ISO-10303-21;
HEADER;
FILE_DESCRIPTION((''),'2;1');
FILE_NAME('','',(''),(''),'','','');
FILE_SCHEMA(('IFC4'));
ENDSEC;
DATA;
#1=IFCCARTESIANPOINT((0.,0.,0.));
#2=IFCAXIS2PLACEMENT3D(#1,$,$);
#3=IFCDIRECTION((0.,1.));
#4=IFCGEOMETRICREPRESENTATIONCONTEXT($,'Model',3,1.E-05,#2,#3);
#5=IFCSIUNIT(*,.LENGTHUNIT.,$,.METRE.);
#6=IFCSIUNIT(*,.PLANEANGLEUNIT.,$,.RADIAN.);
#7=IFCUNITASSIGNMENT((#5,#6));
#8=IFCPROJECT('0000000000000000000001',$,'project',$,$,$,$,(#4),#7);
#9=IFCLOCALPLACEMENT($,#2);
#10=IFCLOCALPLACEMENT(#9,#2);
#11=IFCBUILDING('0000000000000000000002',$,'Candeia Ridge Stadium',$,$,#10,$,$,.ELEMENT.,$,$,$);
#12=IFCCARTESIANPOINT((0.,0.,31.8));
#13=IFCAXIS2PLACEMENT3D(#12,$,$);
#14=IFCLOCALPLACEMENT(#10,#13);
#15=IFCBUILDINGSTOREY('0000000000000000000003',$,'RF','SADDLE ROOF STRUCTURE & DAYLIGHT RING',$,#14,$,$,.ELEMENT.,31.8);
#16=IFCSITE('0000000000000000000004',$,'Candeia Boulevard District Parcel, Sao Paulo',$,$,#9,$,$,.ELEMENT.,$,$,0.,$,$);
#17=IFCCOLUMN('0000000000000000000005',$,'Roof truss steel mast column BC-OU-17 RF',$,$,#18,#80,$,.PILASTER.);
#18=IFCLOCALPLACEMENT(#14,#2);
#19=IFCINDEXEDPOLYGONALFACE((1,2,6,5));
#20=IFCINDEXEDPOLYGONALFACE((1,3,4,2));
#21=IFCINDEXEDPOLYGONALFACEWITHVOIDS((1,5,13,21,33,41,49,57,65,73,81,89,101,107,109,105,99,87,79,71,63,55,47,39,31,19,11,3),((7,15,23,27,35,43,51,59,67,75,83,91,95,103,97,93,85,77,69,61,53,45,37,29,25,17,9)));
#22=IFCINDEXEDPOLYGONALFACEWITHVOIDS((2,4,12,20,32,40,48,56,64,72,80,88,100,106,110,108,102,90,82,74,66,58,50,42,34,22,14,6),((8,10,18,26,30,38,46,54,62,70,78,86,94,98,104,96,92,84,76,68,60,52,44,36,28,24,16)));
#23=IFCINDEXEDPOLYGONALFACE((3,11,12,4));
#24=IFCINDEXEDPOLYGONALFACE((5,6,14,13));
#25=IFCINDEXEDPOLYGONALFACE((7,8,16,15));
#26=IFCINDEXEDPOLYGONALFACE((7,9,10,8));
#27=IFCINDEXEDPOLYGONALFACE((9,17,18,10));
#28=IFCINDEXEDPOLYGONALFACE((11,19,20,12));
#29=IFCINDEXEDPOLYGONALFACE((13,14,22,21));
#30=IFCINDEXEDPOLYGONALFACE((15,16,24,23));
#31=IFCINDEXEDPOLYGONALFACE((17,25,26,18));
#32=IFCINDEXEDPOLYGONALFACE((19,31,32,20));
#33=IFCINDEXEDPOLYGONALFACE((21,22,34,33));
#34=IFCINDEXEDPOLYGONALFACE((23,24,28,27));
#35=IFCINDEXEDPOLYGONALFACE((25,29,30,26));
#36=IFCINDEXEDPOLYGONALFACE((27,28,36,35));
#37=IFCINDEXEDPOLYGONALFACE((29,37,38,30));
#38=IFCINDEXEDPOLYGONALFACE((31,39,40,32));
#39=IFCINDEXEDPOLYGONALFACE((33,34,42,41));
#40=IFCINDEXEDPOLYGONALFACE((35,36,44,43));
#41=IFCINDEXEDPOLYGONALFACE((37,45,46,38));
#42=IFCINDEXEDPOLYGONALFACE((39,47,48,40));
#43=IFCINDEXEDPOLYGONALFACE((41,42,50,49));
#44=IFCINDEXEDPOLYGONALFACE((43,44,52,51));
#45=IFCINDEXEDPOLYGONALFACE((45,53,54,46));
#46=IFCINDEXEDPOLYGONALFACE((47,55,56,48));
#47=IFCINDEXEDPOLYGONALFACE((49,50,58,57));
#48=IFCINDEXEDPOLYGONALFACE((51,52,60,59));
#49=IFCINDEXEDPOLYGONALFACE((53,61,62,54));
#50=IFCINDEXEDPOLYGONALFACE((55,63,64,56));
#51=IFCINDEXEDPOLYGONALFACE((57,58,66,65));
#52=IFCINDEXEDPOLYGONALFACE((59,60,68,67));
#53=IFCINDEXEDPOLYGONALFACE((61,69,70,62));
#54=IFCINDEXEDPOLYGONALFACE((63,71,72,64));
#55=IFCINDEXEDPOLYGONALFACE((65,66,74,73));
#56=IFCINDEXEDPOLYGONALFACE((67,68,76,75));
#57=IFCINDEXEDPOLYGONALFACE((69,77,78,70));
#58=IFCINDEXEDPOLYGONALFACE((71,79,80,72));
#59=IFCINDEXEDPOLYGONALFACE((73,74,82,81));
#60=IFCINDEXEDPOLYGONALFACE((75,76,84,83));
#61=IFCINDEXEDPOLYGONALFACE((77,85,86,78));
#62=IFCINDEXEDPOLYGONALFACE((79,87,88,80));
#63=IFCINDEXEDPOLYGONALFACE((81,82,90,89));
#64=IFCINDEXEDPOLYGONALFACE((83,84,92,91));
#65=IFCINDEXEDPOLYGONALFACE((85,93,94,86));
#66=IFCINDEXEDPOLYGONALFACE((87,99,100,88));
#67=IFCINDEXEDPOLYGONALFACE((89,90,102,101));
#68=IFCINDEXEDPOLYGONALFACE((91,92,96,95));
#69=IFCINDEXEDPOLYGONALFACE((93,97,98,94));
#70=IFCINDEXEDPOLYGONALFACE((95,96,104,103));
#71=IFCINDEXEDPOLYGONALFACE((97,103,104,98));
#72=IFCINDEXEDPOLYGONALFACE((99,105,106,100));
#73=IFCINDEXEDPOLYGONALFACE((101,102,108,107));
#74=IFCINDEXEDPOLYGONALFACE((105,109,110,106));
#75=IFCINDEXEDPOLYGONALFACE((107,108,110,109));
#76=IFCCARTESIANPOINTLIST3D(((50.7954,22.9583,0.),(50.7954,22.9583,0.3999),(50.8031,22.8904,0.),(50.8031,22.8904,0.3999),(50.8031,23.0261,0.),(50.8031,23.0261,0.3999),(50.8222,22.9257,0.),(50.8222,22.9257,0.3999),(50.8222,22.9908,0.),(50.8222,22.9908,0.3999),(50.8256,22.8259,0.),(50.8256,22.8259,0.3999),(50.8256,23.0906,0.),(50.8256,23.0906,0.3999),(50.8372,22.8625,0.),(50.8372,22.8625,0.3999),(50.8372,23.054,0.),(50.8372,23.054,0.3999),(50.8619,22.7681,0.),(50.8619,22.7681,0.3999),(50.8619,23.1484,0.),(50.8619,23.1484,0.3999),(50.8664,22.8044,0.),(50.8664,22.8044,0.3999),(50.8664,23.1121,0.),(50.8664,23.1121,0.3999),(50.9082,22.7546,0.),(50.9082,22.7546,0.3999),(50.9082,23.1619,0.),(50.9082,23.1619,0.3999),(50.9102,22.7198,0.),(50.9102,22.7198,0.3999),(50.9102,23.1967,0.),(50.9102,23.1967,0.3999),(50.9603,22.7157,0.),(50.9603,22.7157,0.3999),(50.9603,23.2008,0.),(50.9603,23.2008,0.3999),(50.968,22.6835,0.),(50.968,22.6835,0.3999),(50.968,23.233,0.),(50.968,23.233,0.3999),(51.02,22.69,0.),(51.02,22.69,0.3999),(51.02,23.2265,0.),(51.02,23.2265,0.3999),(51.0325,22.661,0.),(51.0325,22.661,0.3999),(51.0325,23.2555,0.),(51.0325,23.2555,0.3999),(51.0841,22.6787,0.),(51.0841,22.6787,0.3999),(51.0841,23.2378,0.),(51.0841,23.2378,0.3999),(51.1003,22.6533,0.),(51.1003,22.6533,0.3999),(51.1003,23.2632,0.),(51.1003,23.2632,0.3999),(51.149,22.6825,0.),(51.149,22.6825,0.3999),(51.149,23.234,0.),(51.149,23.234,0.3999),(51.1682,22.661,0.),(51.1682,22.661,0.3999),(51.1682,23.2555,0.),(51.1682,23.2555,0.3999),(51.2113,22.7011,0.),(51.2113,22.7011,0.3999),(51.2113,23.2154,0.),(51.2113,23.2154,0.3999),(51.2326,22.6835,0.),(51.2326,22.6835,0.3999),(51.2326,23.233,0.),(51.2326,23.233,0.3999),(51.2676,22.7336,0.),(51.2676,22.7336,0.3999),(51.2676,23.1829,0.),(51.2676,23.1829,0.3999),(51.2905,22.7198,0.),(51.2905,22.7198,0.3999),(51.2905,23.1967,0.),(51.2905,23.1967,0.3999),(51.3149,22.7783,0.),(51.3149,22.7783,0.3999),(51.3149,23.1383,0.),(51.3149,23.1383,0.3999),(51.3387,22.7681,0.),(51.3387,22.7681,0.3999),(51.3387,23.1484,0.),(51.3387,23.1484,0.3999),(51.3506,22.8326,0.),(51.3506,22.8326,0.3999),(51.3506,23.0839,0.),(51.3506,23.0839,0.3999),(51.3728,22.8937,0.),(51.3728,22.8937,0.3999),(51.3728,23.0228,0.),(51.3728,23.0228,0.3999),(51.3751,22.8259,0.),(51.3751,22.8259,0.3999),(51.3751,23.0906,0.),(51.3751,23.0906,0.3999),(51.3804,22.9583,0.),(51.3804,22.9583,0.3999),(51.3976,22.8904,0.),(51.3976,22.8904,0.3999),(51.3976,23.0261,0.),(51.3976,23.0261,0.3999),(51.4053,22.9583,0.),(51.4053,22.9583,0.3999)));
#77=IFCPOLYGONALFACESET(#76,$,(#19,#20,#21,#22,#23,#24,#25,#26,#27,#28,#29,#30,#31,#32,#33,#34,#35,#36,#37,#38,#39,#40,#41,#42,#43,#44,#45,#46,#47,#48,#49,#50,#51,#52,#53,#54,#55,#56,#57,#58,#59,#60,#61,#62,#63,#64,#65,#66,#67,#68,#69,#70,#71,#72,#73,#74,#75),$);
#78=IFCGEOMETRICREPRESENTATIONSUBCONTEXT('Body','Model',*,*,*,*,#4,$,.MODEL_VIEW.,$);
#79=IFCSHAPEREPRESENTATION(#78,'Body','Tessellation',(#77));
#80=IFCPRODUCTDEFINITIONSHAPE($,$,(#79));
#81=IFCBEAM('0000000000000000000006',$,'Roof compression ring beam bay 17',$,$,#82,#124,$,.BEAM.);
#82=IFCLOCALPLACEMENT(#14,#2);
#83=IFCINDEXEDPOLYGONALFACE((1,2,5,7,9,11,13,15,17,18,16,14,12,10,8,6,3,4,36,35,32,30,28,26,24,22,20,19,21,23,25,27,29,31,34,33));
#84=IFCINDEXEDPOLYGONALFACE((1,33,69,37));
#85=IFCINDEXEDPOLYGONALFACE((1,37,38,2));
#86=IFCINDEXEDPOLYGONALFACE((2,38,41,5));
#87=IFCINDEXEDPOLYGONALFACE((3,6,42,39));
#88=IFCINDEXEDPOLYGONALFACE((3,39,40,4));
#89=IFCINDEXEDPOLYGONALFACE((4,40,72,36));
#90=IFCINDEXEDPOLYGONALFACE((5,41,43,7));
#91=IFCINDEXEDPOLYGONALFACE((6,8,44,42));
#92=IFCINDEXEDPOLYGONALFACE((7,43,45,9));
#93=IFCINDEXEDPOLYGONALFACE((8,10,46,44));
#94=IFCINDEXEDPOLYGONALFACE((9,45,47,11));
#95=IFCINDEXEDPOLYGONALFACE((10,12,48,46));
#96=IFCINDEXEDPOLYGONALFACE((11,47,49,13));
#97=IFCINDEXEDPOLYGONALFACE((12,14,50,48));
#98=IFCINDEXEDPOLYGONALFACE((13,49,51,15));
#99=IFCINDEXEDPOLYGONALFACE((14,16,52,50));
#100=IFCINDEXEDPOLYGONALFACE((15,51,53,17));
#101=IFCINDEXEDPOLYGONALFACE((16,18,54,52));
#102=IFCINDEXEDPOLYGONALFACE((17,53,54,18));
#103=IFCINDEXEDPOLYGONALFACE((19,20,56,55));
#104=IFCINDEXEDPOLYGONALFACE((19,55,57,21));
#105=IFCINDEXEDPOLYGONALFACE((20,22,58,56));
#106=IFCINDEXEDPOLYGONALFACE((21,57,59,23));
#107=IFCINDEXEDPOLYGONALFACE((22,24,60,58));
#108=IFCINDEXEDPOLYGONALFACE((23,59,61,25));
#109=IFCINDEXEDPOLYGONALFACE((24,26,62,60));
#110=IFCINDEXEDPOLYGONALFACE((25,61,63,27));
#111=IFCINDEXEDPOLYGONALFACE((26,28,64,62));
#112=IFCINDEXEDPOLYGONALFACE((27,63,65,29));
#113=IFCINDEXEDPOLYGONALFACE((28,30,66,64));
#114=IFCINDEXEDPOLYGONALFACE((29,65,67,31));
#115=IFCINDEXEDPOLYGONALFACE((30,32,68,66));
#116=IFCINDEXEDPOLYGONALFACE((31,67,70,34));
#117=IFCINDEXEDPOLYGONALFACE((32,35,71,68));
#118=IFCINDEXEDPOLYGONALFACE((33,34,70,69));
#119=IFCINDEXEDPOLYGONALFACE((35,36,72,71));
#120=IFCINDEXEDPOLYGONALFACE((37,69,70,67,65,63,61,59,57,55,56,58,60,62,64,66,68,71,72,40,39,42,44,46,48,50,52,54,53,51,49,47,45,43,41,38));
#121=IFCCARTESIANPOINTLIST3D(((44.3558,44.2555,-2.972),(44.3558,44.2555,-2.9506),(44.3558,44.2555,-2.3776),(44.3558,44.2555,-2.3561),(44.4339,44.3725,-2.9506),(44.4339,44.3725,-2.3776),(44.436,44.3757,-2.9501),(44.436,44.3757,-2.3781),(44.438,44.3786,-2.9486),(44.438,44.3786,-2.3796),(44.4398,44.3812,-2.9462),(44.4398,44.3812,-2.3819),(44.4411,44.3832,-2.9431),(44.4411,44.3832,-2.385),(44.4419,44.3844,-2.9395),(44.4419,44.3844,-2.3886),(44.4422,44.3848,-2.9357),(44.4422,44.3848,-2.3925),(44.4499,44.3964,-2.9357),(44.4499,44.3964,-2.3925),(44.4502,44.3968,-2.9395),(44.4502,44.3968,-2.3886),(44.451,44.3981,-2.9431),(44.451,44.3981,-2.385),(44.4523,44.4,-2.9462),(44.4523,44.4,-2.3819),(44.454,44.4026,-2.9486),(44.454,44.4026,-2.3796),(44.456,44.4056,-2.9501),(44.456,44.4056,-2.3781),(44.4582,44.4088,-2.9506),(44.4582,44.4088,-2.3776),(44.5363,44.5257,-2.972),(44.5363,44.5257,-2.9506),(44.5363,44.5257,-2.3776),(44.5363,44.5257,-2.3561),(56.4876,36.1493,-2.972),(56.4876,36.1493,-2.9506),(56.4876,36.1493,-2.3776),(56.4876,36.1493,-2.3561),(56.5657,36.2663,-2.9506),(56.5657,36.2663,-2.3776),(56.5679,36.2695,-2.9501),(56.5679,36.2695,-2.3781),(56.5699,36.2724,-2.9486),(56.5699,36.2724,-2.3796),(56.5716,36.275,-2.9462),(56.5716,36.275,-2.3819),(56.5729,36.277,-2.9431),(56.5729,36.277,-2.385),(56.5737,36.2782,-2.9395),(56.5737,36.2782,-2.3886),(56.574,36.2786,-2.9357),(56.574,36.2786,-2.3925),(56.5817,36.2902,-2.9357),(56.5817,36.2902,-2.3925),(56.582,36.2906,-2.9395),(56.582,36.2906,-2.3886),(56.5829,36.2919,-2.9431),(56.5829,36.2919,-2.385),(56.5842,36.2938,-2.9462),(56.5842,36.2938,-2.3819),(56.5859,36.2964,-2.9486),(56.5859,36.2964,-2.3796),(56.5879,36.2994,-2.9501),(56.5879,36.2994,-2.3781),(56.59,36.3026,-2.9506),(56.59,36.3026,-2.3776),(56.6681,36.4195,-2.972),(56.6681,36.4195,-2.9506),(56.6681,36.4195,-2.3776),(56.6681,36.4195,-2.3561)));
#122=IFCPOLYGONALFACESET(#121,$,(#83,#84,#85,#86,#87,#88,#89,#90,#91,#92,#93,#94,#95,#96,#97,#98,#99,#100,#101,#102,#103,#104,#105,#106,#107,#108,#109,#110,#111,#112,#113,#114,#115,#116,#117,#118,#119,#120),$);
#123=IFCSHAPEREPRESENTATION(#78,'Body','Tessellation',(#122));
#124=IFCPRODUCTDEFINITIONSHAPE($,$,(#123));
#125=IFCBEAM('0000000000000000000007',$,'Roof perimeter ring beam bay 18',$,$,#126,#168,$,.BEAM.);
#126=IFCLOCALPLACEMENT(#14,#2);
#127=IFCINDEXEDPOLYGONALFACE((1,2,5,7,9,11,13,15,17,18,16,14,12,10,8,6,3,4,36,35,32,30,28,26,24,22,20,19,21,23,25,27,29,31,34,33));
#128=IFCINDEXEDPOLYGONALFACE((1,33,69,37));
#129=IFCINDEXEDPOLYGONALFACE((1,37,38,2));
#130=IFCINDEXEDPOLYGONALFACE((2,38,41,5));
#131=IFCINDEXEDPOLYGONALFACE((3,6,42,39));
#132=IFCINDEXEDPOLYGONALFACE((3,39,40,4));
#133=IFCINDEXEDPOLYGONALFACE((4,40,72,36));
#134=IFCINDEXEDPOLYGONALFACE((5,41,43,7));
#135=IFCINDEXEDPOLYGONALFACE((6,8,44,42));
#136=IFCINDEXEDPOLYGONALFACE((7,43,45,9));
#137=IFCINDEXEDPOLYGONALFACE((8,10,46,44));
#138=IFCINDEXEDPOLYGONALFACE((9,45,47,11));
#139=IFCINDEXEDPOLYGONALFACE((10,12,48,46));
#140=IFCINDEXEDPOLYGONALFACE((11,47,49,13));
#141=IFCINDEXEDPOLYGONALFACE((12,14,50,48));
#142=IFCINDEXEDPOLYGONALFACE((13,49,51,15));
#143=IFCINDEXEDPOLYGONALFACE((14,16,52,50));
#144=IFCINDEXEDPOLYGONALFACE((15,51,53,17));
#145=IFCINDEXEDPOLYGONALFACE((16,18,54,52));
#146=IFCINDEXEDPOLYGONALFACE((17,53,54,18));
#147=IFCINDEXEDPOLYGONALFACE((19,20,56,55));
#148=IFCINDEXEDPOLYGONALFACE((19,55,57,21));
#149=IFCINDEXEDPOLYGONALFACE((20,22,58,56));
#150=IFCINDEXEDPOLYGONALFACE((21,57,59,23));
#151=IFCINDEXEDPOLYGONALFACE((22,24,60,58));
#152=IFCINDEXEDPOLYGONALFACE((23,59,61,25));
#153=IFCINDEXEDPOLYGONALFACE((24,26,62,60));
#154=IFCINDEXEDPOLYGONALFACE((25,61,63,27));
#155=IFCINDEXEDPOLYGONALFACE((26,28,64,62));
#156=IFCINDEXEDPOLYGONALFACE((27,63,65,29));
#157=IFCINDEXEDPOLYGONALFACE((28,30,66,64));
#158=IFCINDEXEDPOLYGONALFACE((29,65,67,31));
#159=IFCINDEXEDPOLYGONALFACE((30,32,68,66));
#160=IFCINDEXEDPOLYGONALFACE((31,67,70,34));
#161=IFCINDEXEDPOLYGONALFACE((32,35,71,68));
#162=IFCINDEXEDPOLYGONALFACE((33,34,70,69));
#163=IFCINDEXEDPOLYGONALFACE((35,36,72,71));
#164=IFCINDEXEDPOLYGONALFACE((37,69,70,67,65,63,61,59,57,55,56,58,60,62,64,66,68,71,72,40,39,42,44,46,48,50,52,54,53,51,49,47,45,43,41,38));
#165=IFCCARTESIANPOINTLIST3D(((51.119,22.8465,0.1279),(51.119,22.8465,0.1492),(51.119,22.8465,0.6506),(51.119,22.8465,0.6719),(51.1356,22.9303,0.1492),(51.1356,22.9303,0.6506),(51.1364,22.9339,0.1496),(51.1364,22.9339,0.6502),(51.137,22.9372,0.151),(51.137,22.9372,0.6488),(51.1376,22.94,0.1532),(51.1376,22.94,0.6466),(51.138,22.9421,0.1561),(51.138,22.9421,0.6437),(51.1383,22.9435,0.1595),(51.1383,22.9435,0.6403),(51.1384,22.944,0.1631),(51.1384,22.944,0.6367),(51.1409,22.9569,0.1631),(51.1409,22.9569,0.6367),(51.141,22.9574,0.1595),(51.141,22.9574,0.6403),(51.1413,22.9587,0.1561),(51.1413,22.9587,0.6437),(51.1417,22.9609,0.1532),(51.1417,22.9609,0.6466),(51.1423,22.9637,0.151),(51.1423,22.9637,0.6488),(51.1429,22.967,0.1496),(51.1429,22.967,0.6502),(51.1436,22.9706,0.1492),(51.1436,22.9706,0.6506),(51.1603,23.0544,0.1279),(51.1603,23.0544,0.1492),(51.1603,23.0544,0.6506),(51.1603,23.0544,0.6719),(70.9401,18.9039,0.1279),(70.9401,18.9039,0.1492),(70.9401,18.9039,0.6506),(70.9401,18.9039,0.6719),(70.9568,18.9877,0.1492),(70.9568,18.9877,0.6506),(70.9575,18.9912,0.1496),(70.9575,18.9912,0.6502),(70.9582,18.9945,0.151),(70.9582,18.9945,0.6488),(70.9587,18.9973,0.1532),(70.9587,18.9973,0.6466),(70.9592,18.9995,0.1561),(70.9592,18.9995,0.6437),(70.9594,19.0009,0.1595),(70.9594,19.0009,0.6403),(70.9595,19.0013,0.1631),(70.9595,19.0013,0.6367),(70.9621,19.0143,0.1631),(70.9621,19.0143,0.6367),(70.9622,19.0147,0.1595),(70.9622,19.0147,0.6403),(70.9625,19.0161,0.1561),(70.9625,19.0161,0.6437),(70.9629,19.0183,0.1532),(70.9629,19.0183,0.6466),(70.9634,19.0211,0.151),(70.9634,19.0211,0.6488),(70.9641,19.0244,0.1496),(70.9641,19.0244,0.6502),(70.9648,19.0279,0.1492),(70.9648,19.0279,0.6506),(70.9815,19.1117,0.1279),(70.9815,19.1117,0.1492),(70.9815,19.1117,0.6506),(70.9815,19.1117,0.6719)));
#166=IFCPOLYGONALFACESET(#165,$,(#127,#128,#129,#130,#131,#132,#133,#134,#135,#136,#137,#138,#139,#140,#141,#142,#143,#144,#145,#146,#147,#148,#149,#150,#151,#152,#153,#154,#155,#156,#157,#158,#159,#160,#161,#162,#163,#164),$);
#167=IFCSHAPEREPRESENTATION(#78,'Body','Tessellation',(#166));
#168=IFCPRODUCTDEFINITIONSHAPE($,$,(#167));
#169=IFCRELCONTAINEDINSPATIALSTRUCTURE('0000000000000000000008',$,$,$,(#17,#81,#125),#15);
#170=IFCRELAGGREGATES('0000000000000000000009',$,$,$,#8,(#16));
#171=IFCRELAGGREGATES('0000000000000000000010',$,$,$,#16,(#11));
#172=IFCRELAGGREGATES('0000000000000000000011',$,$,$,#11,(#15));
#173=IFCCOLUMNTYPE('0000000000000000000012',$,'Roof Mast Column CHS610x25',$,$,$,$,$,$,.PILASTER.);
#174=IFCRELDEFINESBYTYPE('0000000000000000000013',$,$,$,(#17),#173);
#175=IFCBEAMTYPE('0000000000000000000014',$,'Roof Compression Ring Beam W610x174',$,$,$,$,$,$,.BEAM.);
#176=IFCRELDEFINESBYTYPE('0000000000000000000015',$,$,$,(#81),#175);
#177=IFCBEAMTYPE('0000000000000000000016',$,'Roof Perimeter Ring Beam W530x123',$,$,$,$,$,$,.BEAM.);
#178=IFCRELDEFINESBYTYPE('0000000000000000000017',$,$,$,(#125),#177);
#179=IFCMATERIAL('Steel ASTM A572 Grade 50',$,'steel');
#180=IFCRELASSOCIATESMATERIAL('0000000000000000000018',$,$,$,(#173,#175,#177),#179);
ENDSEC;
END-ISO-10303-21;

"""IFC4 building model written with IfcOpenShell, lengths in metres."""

from ifc_helpers import new_model, si_unit, direction, frame, origin, origin_2d, place, context, subcontext, project, spatial, hollow_circle, i_section, extrude, material, material_profile, profile_set, type_object, element, save


model = new_model("IFC4")

# Units and contexts
model_context = context("Model", 3, precision=1e-05, world=origin(), true_north=direction((0.0, 1.0)))
body_context = subcontext(model_context, "Body", "Model", "MODEL_VIEW")
ifc_project = project(units=[si_unit("LENGTHUNIT", "METRE"), si_unit("PLANEANGLEUNIT", "RADIAN")], contexts=[model_context])

# Site, building, storey
site_placement = place(None, origin())
site = spatial("IfcSite", under=ifc_project, at=site_placement, Name="Candeia Boulevard District Parcel, Sao Paulo", CompositionType="ELEMENT", RefElevation=0.0)
building_placement = place(site_placement, origin())
building = spatial("IfcBuilding", under=site, at=building_placement, Name="Candeia Ridge Stadium", CompositionType="ELEMENT")
storey_placement = place(building_placement, frame((0.0, 0.0, 31.8)))
storey = spatial("IfcBuildingStorey", under=building, at=storey_placement, Name="RF", Description="SADDLE ROOF STRUCTURE & DAYLIGHT RING", CompositionType="ELEMENT", Elevation=31.8)

# Column
ifc_material_1 = material(Name="Steel ASTM A572 Grade 50", Category="steel")
ifc_material_profile_1 = material_profile(ifc_material_1, hollow_circle(Radius=0.3049, WallThickness=0.0249, at=origin_2d()), Name="CHS610x25", Category="steel")
ifc_profile_set_1 = profile_set([ifc_material_profile_1], Name="Steel ASTM A572 Grade 50")
column_type = type_object("IfcColumnType", Name="Roof Mast Column CHS610x25", PredefinedType="PILASTER", material=ifc_profile_set_1)
column_placement = place(storey_placement, frame((51.1003, 22.9583, 0.0), z_axis=(0.0, 0.0, 1.0), x_axis=(1.0, 0.0, 0.0)))
element("IfcColumn", 1, at=column_placement, inside=storey, type_object=column_type, Name="Roof truss steel mast column BC-OU-17 RF", PredefinedType="PILASTER", context=body_context, shape_type="SweptSolid", body=[
    extrude(hollow_circle(Radius=0.3049, WallThickness=0.0249, at=origin_2d()), origin(), (0.0, 0.0, 1.0), 0.3999),
])

# Beams
ifc_material_profile_2 = material_profile(ifc_material_1, i_section(OverallWidth=0.325, OverallDepth=0.616, WebThickness=0.0139, FlangeThickness=0.0215, FilletRadius=0.0149, at=origin_2d()), Name="W610x174", Category="steel")
ifc_profile_set_2 = profile_set([ifc_material_profile_2], Name="Steel ASTM A572 Grade 50")
beam_type_1 = type_object("IfcBeamType", Name="Roof Compression Ring Beam W610x174", PredefinedType="BEAM", material=ifc_profile_set_2)
beam_1_placement = place(storey_placement, frame((44.446, 44.3906, -2.6641), z_axis=(0.831471, -0.555569, 0.0), x_axis=(0.555569, 0.831471, 0.0)))
element("IfcBeam", 2, at=beam_1_placement, inside=storey, type_object=beam_type_1, Name="Roof compression ring beam bay 17", PredefinedType="BEAM", context=body_context, shape_type="SweptSolid", body=[
    extrude(i_section(OverallWidth=0.325, OverallDepth=0.616, WebThickness=0.0139, FlangeThickness=0.0215, FilletRadius=0.0149, at=origin_2d()), origin(), (0.0, 0.0, 1.0), 14.5908),
])
ifc_material_profile_3 = material_profile(ifc_material_1, i_section(OverallWidth=0.2119, OverallDepth=0.5439, WebThickness=0.0132, FlangeThickness=0.0212, FilletRadius=0.0139, at=origin_2d()), Name="W530x123", Category="steel")
ifc_profile_set_3 = profile_set([ifc_material_profile_3], Name="Steel ASTM A572 Grade 50")
beam_type_2 = type_object("IfcBeamType", Name="Roof Perimeter Ring Beam W530x123", PredefinedType="BEAM", material=ifc_profile_set_3)
beam_2_placement = place(storey_placement, frame((51.1396, 22.9504, 0.3999), z_axis=(0.980786, -0.195089, 0.0), x_axis=(0.195089, 0.980786, 0.0)))
element("IfcBeam", 3, at=beam_2_placement, inside=storey, type_object=beam_type_2, Name="Roof perimeter ring beam bay 18", PredefinedType="BEAM", context=body_context, shape_type="SweptSolid", body=[
    extrude(i_section(OverallWidth=0.2119, OverallDepth=0.5439, WebThickness=0.0132, FlangeThickness=0.0212, FilletRadius=0.0139, at=origin_2d()), origin(), (0.0, 0.0, 1.0), 20.2095),
])

save(model, "model.ifc")
